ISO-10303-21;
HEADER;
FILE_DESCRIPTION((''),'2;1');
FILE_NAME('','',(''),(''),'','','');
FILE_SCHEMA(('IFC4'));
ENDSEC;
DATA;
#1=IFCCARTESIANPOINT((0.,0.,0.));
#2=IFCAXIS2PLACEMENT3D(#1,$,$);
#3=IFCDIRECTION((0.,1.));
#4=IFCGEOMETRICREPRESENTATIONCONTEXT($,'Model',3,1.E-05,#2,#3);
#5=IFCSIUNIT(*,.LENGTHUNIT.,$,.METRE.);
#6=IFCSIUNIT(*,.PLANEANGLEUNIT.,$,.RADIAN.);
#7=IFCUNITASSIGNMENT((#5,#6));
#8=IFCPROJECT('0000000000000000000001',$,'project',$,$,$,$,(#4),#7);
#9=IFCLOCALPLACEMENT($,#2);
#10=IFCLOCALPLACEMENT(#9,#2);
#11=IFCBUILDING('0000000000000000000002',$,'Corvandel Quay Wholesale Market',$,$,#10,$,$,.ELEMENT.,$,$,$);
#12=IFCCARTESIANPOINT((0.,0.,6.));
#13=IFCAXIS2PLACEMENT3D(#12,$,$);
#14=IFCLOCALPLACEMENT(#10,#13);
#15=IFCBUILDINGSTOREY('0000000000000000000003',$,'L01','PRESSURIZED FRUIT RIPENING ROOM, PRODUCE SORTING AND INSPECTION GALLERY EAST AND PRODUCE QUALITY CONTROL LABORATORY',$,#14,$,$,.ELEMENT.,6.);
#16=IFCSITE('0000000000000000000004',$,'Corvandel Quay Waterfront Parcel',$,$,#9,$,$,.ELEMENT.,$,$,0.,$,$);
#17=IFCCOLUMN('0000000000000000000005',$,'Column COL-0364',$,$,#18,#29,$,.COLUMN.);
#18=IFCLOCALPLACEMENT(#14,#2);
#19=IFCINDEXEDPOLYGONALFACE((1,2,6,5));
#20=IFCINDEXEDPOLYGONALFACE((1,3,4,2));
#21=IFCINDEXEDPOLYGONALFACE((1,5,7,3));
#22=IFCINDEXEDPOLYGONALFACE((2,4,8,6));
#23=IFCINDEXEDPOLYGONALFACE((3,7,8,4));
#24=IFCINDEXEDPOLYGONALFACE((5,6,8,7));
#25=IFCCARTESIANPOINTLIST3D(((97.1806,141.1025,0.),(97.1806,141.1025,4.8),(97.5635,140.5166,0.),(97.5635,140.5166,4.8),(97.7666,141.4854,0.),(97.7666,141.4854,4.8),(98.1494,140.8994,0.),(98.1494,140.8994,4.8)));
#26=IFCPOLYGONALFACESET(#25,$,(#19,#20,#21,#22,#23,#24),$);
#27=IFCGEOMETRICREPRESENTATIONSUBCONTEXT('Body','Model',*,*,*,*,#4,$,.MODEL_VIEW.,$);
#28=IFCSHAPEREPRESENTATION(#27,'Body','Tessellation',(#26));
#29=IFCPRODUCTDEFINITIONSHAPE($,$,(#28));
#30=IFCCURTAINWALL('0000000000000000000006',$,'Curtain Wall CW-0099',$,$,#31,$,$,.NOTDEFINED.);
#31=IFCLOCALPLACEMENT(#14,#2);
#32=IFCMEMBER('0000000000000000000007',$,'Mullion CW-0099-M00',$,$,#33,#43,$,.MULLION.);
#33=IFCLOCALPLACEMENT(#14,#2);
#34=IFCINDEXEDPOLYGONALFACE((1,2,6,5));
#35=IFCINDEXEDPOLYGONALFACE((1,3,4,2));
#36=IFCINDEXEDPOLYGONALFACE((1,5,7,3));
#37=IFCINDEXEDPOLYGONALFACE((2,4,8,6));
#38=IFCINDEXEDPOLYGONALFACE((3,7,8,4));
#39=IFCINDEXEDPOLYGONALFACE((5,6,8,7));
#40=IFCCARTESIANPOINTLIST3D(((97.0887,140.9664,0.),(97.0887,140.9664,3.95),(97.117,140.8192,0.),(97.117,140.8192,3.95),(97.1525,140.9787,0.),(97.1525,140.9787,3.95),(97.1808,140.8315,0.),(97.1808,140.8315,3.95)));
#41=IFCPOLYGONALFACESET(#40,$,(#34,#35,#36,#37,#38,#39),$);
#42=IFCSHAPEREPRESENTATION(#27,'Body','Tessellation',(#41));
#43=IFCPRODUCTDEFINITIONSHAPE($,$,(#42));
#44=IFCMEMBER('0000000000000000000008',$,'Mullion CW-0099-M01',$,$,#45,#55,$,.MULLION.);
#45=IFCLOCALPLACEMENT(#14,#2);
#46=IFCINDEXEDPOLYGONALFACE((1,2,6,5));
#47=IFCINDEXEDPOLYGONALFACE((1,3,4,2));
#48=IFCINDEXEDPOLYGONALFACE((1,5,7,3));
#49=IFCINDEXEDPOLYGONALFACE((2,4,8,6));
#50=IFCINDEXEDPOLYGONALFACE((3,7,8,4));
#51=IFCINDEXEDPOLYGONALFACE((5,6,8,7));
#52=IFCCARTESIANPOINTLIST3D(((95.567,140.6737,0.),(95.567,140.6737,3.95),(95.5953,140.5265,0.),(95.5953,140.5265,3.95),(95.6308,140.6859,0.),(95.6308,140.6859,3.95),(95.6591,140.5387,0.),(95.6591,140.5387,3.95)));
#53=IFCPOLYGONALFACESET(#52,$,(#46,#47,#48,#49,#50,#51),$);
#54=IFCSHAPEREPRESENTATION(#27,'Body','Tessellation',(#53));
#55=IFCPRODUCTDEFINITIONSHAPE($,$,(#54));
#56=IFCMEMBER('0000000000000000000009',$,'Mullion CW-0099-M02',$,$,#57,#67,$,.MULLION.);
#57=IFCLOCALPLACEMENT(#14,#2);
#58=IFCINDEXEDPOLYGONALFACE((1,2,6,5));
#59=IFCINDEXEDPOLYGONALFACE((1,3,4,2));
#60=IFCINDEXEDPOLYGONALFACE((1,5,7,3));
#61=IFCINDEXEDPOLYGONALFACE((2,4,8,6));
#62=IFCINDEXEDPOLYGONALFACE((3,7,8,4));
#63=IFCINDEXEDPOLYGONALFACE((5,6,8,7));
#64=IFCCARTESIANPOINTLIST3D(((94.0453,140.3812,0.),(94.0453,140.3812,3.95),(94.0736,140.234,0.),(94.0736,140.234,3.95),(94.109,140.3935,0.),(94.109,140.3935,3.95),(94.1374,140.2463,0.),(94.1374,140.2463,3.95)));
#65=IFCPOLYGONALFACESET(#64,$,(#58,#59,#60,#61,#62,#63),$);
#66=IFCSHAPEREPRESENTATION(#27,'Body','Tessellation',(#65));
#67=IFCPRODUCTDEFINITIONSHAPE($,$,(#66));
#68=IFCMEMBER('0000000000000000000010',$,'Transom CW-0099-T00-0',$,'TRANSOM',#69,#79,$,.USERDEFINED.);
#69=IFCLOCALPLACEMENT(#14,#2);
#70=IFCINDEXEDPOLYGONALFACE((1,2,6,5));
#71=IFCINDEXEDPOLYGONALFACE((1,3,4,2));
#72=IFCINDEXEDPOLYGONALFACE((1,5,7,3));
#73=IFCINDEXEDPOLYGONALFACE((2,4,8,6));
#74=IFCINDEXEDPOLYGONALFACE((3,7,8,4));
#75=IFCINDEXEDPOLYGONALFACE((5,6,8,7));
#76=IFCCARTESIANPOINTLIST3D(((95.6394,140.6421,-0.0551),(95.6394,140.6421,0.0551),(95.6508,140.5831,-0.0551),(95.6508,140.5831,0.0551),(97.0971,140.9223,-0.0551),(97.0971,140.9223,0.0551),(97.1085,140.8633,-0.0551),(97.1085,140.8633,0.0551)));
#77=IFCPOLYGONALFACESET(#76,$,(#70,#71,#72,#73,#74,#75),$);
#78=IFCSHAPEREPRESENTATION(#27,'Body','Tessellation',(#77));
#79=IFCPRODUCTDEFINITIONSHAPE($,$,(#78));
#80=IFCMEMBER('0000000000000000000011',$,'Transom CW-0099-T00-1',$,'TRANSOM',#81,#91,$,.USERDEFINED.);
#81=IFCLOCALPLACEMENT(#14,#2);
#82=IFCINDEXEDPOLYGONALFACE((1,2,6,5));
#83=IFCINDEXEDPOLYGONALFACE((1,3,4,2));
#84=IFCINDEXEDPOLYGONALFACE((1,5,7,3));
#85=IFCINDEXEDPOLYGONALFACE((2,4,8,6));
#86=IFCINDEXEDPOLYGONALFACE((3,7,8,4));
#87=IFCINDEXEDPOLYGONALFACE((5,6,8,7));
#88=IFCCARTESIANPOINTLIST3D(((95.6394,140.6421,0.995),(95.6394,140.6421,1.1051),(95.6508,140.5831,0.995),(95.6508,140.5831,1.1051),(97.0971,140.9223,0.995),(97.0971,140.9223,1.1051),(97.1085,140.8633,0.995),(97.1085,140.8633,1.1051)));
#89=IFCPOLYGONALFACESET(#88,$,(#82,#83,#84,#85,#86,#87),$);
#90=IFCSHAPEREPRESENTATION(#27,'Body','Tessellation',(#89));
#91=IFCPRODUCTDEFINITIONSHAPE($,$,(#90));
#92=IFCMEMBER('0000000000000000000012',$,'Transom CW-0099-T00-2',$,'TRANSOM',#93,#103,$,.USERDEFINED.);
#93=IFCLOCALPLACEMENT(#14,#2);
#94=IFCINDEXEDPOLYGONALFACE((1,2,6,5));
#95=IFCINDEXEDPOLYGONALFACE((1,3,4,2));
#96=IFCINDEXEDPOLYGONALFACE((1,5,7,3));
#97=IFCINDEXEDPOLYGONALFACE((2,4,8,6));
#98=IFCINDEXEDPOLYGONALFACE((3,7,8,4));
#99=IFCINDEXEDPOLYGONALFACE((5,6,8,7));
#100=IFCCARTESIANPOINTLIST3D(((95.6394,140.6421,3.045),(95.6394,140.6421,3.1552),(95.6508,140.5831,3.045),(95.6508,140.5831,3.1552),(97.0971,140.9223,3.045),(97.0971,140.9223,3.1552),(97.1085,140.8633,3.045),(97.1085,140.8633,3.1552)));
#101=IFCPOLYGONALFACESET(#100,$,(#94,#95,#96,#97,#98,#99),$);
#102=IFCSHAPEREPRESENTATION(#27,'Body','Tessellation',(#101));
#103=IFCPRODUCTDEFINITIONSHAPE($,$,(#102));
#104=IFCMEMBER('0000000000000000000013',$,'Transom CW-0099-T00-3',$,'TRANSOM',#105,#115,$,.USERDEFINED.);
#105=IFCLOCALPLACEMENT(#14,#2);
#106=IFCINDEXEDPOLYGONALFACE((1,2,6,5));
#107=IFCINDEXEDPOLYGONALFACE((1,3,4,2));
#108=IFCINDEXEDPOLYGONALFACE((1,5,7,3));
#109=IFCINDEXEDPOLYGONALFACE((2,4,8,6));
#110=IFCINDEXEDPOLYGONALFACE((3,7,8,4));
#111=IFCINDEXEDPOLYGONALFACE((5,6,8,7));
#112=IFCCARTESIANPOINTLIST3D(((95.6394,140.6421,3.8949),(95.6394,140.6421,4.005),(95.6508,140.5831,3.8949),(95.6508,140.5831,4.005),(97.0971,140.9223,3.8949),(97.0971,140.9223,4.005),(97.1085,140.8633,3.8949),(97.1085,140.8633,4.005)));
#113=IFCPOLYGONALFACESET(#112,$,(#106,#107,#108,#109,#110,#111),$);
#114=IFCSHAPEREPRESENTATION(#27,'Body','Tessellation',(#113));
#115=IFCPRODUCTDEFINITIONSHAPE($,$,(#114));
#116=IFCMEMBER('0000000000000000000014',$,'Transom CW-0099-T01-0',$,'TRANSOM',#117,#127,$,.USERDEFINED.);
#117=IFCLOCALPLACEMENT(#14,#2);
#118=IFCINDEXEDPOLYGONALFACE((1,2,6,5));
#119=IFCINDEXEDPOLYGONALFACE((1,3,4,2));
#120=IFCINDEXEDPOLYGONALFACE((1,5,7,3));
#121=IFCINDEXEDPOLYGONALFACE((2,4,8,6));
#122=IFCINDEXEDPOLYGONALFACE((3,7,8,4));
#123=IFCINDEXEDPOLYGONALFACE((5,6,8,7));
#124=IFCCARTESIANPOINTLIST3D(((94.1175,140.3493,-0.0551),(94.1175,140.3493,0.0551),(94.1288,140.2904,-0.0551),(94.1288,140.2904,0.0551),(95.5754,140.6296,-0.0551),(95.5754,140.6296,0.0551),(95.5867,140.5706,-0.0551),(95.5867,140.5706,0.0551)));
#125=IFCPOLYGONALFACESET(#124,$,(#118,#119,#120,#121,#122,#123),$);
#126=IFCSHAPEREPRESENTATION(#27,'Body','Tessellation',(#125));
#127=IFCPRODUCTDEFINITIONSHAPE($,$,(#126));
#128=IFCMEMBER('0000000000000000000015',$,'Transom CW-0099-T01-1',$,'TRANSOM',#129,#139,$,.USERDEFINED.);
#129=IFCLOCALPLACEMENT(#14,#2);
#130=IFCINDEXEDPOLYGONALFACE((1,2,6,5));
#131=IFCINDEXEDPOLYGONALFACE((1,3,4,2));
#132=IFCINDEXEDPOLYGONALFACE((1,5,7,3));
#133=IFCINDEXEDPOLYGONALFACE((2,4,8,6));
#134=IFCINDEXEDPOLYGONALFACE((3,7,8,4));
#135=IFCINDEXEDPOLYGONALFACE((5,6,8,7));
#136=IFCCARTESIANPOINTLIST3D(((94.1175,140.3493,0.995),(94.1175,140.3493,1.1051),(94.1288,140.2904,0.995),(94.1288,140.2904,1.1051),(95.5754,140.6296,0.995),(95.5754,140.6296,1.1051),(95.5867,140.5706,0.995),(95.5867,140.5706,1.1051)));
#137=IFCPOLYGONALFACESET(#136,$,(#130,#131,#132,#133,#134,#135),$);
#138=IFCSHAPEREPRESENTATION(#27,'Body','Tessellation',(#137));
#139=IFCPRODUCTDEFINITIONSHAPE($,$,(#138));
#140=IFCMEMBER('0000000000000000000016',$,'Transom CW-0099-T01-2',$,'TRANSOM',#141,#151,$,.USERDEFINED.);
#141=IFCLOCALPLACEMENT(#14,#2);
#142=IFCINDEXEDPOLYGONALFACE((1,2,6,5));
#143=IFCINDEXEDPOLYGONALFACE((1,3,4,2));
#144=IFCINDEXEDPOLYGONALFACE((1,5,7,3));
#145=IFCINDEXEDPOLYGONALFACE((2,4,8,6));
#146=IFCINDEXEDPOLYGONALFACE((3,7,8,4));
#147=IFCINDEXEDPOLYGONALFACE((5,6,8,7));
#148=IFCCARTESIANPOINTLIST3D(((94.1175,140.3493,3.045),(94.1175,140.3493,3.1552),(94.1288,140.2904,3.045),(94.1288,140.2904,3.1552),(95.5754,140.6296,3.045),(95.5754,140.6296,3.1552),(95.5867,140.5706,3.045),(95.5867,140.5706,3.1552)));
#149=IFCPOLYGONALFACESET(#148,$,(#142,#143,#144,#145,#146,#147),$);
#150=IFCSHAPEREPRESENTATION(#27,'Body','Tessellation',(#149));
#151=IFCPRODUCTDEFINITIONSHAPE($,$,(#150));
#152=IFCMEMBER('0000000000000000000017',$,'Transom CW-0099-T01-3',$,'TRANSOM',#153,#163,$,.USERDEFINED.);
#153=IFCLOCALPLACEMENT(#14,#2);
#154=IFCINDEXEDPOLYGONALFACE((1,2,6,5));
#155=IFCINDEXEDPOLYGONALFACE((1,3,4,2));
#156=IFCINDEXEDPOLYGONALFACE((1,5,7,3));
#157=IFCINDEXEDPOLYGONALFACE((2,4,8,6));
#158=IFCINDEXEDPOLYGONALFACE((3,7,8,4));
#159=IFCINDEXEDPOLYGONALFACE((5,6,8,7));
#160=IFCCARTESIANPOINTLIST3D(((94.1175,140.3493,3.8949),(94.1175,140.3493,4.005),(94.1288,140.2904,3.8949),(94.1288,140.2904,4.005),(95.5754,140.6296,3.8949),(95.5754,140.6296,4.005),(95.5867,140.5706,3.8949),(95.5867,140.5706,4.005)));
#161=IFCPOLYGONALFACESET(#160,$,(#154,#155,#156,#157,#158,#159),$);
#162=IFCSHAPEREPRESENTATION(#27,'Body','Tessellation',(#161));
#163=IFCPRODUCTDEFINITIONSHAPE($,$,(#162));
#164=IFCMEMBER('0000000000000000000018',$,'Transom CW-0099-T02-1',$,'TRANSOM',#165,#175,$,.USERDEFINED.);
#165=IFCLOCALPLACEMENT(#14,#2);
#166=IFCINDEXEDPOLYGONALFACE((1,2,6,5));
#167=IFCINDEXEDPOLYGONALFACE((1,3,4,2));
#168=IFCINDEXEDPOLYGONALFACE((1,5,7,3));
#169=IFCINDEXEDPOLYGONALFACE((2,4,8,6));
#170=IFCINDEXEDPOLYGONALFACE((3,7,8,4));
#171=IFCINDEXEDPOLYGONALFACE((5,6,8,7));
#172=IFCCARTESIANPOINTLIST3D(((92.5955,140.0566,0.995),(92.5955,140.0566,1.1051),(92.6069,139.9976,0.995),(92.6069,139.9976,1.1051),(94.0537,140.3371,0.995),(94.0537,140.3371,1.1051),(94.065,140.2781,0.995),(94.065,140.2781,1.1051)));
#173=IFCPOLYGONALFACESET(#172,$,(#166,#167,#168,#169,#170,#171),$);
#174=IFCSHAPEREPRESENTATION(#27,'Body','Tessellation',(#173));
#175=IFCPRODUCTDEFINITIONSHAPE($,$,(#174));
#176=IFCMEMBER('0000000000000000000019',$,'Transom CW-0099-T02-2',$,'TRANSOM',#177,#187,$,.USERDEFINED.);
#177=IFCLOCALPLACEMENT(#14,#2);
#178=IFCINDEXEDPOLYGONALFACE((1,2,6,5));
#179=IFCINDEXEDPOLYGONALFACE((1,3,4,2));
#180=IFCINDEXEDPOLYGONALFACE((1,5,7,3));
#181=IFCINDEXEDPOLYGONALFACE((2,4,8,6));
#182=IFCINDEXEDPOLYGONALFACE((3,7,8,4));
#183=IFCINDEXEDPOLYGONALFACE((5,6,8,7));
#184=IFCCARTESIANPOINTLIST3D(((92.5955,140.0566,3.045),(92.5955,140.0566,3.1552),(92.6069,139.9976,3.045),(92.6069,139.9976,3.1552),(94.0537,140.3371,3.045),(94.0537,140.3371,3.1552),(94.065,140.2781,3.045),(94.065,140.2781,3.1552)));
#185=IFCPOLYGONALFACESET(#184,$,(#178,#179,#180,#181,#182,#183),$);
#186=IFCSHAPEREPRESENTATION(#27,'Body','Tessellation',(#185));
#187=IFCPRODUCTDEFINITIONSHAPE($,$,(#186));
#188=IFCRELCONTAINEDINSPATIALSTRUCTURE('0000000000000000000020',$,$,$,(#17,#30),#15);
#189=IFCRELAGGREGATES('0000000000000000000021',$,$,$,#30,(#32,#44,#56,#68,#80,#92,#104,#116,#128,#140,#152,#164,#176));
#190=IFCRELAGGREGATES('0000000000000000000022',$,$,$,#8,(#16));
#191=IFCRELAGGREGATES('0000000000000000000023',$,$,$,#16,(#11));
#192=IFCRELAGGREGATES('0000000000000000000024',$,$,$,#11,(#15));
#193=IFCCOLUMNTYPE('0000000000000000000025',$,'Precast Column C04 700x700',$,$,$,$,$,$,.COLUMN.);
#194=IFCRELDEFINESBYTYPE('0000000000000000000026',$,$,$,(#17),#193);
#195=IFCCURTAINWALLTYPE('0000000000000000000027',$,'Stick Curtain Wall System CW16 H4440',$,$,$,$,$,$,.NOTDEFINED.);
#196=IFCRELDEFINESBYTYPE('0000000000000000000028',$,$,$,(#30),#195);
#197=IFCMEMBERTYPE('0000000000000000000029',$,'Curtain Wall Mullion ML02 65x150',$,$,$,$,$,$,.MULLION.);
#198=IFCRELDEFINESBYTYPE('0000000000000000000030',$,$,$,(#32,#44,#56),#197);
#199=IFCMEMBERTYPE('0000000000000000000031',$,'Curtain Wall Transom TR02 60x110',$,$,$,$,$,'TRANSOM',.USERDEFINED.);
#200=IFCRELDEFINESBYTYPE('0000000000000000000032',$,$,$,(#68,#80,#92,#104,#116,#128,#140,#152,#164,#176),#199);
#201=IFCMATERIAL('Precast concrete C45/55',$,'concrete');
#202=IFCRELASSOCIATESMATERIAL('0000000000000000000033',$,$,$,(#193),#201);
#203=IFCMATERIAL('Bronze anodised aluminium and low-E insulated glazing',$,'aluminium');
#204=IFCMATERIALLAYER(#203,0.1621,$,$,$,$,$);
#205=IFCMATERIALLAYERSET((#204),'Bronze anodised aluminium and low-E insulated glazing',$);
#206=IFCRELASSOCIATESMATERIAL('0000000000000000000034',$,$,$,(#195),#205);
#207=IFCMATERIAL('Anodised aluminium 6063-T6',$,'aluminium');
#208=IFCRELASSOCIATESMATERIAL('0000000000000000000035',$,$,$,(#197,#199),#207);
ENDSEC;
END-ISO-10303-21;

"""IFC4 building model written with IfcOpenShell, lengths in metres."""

from ifc_helpers import new_model, si_unit, direction, frame, origin, origin_2d, place, context, subcontext, project, spatial, rectangle, extrude, material, layer, layer_set, material_profile, profile_set, type_object, element, aggregate, save


model = new_model("IFC4")

# Units and contexts
model_context = context("Model", 3, precision=1e-05, world=origin(), true_north=direction((0.0, 1.0)))
body_context = subcontext(model_context, "Body", "Model", "MODEL_VIEW")
ifc_project = project(units=[si_unit("LENGTHUNIT", "METRE"), si_unit("PLANEANGLEUNIT", "RADIAN")], contexts=[model_context])

# Site, building, storey
site_placement = place(None, origin())
site = spatial("IfcSite", under=ifc_project, at=site_placement, Name="Corvandel Quay Waterfront Parcel", CompositionType="ELEMENT", RefElevation=0.0)
building_placement = place(site_placement, origin())
building = spatial("IfcBuilding", under=site, at=building_placement, Name="Corvandel Quay Wholesale Market", CompositionType="ELEMENT")
storey_placement = place(building_placement, frame((0.0, 0.0, 6.0)))
storey = spatial("IfcBuildingStorey", under=building, at=storey_placement, Name="L01", Description="PRESSURIZED FRUIT RIPENING ROOM, PRODUCE SORTING AND INSPECTION GALLERY EAST AND PRODUCE QUALITY CONTROL LABORATORY", CompositionType="ELEMENT", Elevation=6.0)

# Column
ifc_material_1 = material(Name="Precast concrete C45/55", Category="concrete")
ifc_material_profile_1 = material_profile(ifc_material_1, rectangle(XDim=0.7, YDim=0.7, at=origin_2d()), Name="PC-COL-700x700")
ifc_profile_set_1 = profile_set([ifc_material_profile_1], Name="Precast concrete C45/55")
column_type = type_object("IfcColumnType", Name="Precast Column C04 700x700", PredefinedType="COLUMN", material=ifc_profile_set_1)
column_placement = place(storey_placement, frame((97.665, 141.001, 0.0), z_axis=(0.0, 0.0, 1.0), x_axis=(0.837146, 0.546979, 0.0)))
element("IfcColumn", 1, at=column_placement, inside=storey, type_object=column_type, Name="Column COL-0364", PredefinedType="COLUMN", context=body_context, shape_type="SweptSolid", body=[
    extrude(rectangle(XDim=0.7, YDim=0.7, at=origin_2d()), origin(), (0.0, 0.0, 1.0), 4.8),
])

# Curtain wall, members
ifc_material_2 = material(Name="Bronze anodised aluminium and low-E insulated glazing", Category="aluminium")
ifc_layer_1 = layer(ifc_material_2, 0.1621)
ifc_layer_set_1 = layer_set([ifc_layer_1], Name="Bronze anodised aluminium and low-E insulated glazing")
curtain_wall_type = type_object("IfcCurtainWallType", Name="Stick Curtain Wall System CW16 H4440", PredefinedType="NOTDEFINED", material=ifc_layer_set_1)
curtain_wall_placement = place(storey_placement, origin())
curtain_wall = element("IfcCurtainWall", 2, at=curtain_wall_placement, inside=storey, type_object=curtain_wall_type, Name="Curtain Wall CW-0099", PredefinedType="NOTDEFINED")
ifc_material_3 = material(Name="Anodised aluminium 6063-T6", Category="aluminium")
ifc_material_profile_2 = material_profile(ifc_material_3, rectangle(XDim=0.0649, YDim=0.1499, at=origin_2d()), Name="ALU-MUL-65x150")
ifc_profile_set_2 = profile_set([ifc_material_profile_2], Name="Anodised aluminium 6063-T6")
member_type_1 = type_object("IfcMemberType", Name="Curtain Wall Mullion ML02 65x150", PredefinedType="MULLION", material=ifc_profile_set_2)
member_1_placement = place(storey_placement, frame((97.1348, 140.8989, 0.0), z_axis=(0.0, 0.0, 1.0), x_axis=(0.981992, 0.188924, 0.0)))
member_1 = element("IfcMember", 3, at=member_1_placement, type_object=member_type_1, Name="Mullion CW-0099-M00", PredefinedType="MULLION", context=body_context, shape_type="SweptSolid", body=[
    extrude(rectangle(XDim=0.0649, YDim=0.1499, at=origin_2d()), origin(), (0.0, 0.0, 1.0), 3.95),
])
member_2_placement = place(storey_placement, frame((95.613, 140.6062, 0.0), z_axis=(0.0, 0.0, 1.0), x_axis=(0.981992, 0.188924, 0.0)))
member_2 = element("IfcMember", 4, at=member_2_placement, type_object=member_type_1, Name="Mullion CW-0099-M01", PredefinedType="MULLION", context=body_context, shape_type="SweptSolid", body=[
    extrude(rectangle(XDim=0.0649, YDim=0.1499, at=origin_2d()), origin(), (0.0, 0.0, 1.0), 3.95),
])
member_3_placement = place(storey_placement, frame((94.0913, 140.3137, 0.0), z_axis=(0.0, 0.0, 1.0), x_axis=(0.981992, 0.188924, 0.0)))
member_3 = element("IfcMember", 5, at=member_3_placement, type_object=member_type_1, Name="Mullion CW-0099-M02", PredefinedType="MULLION", context=body_context, shape_type="SweptSolid", body=[
    extrude(rectangle(XDim=0.0649, YDim=0.1499, at=origin_2d()), origin(), (0.0, 0.0, 1.0), 3.95),
])
ifc_material_profile_3 = material_profile(ifc_material_3, rectangle(XDim=0.0601, YDim=0.1101, at=origin_2d()), Name="ALU-TRN-60x110")
ifc_profile_set_3 = profile_set([ifc_material_profile_3], Name="Anodised aluminium 6063-T6")
member_type_2 = type_object("IfcMemberType", Name="Curtain Wall Transom TR02 60x110", ElementType="TRANSOM", PredefinedType="USERDEFINED", material=ifc_profile_set_3)
member_4_placement = place(storey_placement, frame((97.1028, 140.8928, 0.0), z_axis=(-0.982015, -0.188805, 0.0), x_axis=(0.188805, -0.982015, 0.0)))
member_4 = element("IfcMember", 6, at=member_4_placement, type_object=member_type_2, Name="Transom CW-0099-T00-0", ObjectType="TRANSOM", PredefinedType="USERDEFINED", context=body_context, shape_type="SweptSolid", body=[
    extrude(rectangle(XDim=0.0601, YDim=0.1101, at=origin_2d()), origin(), (0.0, 0.0, 1.0), 1.4844),
])
member_5_placement = place(storey_placement, frame((97.1028, 140.8928, 1.05), z_axis=(-0.982015, -0.188805, 0.0), x_axis=(0.188805, -0.982015, 0.0)))
member_5 = element("IfcMember", 7, at=member_5_placement, type_object=member_type_2, Name="Transom CW-0099-T00-1", ObjectType="TRANSOM", PredefinedType="USERDEFINED", context=body_context, shape_type="SweptSolid", body=[
    extrude(rectangle(XDim=0.0601, YDim=0.1101, at=origin_2d()), origin(), (0.0, 0.0, 1.0), 1.4844),
])
member_6_placement = place(storey_placement, frame((97.1028, 140.8928, 3.1001), z_axis=(-0.982015, -0.188805, 0.0), x_axis=(0.188805, -0.982015, 0.0)))
member_6 = element("IfcMember", 8, at=member_6_placement, type_object=member_type_2, Name="Transom CW-0099-T00-2", ObjectType="TRANSOM", PredefinedType="USERDEFINED", context=body_context, shape_type="SweptSolid", body=[
    extrude(rectangle(XDim=0.0601, YDim=0.1101, at=origin_2d()), origin(), (0.0, 0.0, 1.0), 1.4844),
])
member_7_placement = place(storey_placement, frame((97.1028, 140.8928, 3.95), z_axis=(-0.982015, -0.188805, 0.0), x_axis=(0.188805, -0.982015, 0.0)))
member_7 = element("IfcMember", 9, at=member_7_placement, type_object=member_type_2, Name="Transom CW-0099-T00-3", ObjectType="TRANSOM", PredefinedType="USERDEFINED", context=body_context, shape_type="SweptSolid", body=[
    extrude(rectangle(XDim=0.0601, YDim=0.1101, at=origin_2d()), origin(), (0.0, 0.0, 1.0), 1.4844),
])
member_8_placement = place(storey_placement, frame((95.5811, 140.6001, 0.0), z_axis=(-0.982021, -0.188774, 0.0), x_axis=(0.188774, -0.982021, 0.0)))
member_8 = element("IfcMember", 10, at=member_8_placement, type_object=member_type_2, Name="Transom CW-0099-T01-0", ObjectType="TRANSOM", PredefinedType="USERDEFINED", context=body_context, shape_type="SweptSolid", body=[
    extrude(rectangle(XDim=0.0601, YDim=0.1101, at=origin_2d()), origin(), (0.0, 0.0, 1.0), 1.4846),
])
member_9_placement = place(storey_placement, frame((95.5811, 140.6001, 1.05), z_axis=(-0.982021, -0.188774, 0.0), x_axis=(0.188774, -0.982021, 0.0)))
member_9 = element("IfcMember", 11, at=member_9_placement, type_object=member_type_2, Name="Transom CW-0099-T01-1", ObjectType="TRANSOM", PredefinedType="USERDEFINED", context=body_context, shape_type="SweptSolid", body=[
    extrude(rectangle(XDim=0.0601, YDim=0.1101, at=origin_2d()), origin(), (0.0, 0.0, 1.0), 1.4846),
])
member_10_placement = place(storey_placement, frame((95.5811, 140.6001, 3.1001), z_axis=(-0.982021, -0.188774, 0.0), x_axis=(0.188774, -0.982021, 0.0)))
member_10 = element("IfcMember", 12, at=member_10_placement, type_object=member_type_2, Name="Transom CW-0099-T01-2", ObjectType="TRANSOM", PredefinedType="USERDEFINED", context=body_context, shape_type="SweptSolid", body=[
    extrude(rectangle(XDim=0.0601, YDim=0.1101, at=origin_2d()), origin(), (0.0, 0.0, 1.0), 1.4846),
])
member_11_placement = place(storey_placement, frame((95.5811, 140.6001, 3.95), z_axis=(-0.982021, -0.188774, 0.0), x_axis=(0.188774, -0.982021, 0.0)))
member_11 = element("IfcMember", 13, at=member_11_placement, type_object=member_type_2, Name="Transom CW-0099-T01-3", ObjectType="TRANSOM", PredefinedType="USERDEFINED", context=body_context, shape_type="SweptSolid", body=[
    extrude(rectangle(XDim=0.0601, YDim=0.1101, at=origin_2d()), origin(), (0.0, 0.0, 1.0), 1.4846),
])
member_12_placement = place(storey_placement, frame((94.0593, 140.3076, 1.05), z_axis=(-0.98199, -0.188933, 0.0), x_axis=(0.188933, -0.98199, 0.0)))
member_12 = element("IfcMember", 14, at=member_12_placement, type_object=member_type_2, Name="Transom CW-0099-T02-1", ObjectType="TRANSOM", PredefinedType="USERDEFINED", context=body_context, shape_type="SweptSolid", body=[
    extrude(rectangle(XDim=0.0601, YDim=0.1101, at=origin_2d()), origin(), (0.0, 0.0, 1.0), 1.4849),
])
member_13_placement = place(storey_placement, frame((94.0593, 140.3076, 3.1001), z_axis=(-0.98199, -0.188933, 0.0), x_axis=(0.188933, -0.98199, 0.0)))
member_13 = element("IfcMember", 15, at=member_13_placement, type_object=member_type_2, Name="Transom CW-0099-T02-2", ObjectType="TRANSOM", PredefinedType="USERDEFINED", context=body_context, shape_type="SweptSolid", body=[
    extrude(rectangle(XDim=0.0601, YDim=0.1101, at=origin_2d()), origin(), (0.0, 0.0, 1.0), 1.4849),
])

aggregate(curtain_wall, [member_1, member_2, member_3, member_4, member_5, member_6, member_7, member_8, member_9, member_10, member_11, member_12, member_13])

save(model, "model.ifc")
